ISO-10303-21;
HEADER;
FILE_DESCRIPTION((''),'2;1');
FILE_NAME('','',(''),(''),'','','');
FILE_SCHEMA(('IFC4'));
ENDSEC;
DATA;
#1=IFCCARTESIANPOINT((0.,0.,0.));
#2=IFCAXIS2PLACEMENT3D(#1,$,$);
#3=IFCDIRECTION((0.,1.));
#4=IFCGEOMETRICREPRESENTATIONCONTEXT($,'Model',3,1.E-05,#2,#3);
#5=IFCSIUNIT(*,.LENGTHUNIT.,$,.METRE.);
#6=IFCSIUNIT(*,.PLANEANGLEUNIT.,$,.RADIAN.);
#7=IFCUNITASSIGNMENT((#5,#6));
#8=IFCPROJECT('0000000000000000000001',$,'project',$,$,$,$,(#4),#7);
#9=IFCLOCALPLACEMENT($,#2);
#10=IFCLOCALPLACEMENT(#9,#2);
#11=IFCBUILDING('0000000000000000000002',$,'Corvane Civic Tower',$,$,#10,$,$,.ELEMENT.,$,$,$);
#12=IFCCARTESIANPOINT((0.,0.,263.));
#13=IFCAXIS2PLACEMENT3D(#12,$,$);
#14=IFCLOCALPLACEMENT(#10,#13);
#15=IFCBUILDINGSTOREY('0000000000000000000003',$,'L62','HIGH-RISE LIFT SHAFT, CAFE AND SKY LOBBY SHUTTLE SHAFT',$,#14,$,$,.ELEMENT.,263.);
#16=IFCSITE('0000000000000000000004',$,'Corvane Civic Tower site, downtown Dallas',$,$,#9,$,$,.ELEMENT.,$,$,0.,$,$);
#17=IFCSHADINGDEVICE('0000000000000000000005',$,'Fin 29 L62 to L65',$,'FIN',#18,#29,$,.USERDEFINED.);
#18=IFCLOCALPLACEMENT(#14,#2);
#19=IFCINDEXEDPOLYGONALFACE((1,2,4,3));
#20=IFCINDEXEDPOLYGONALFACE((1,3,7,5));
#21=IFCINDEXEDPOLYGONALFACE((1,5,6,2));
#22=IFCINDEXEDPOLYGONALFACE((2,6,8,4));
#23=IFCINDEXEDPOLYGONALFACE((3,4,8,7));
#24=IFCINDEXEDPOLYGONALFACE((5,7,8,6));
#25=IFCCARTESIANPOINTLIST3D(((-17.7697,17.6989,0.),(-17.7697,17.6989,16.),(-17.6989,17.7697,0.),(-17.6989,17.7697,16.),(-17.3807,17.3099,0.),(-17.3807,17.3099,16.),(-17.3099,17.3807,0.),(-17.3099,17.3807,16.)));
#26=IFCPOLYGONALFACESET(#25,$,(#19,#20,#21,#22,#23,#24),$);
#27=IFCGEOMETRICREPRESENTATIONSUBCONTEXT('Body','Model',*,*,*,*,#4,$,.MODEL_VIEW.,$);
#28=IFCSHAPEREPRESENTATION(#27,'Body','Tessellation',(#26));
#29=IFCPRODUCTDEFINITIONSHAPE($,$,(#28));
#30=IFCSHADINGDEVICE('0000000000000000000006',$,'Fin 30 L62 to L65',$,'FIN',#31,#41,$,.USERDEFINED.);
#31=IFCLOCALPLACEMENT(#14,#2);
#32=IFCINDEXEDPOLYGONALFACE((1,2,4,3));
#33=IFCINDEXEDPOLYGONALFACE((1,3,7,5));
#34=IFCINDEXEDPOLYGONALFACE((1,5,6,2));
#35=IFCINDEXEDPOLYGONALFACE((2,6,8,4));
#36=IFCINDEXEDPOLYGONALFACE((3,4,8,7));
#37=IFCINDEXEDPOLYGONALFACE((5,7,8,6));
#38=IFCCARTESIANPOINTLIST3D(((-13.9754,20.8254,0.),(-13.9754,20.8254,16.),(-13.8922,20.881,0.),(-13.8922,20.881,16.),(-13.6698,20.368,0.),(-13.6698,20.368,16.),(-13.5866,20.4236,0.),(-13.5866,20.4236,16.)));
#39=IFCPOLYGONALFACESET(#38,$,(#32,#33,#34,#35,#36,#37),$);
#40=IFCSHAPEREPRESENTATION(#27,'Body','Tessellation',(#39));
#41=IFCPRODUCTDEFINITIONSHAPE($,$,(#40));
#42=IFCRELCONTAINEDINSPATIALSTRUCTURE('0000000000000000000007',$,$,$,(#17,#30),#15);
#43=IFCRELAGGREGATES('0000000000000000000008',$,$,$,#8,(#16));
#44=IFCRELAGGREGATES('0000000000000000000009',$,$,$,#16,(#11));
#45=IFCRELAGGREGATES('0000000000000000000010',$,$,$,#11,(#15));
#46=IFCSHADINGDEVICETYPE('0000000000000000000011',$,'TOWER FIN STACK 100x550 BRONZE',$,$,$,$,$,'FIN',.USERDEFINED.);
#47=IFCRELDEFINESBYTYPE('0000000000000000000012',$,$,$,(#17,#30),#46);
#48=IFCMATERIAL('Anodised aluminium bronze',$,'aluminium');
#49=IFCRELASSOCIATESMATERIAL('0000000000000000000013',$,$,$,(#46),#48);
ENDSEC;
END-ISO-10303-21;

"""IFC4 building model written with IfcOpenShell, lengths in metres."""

from ifc_helpers import new_model, si_unit, direction, frame, origin, origin_2d, place, context, subcontext, project, spatial, rectangle, extrude, material, material_profile, profile_set, type_object, element, save


model = new_model("IFC4")

# Units and contexts
model_context = context("Model", 3, precision=1e-05, world=origin(), true_north=direction((0.0, 1.0)))
body_context = subcontext(model_context, "Body", "Model", "MODEL_VIEW")
ifc_project = project(units=[si_unit("LENGTHUNIT", "METRE"), si_unit("PLANEANGLEUNIT", "RADIAN")], contexts=[model_context])

# Site, building, storey
site_placement = place(None, origin())
site = spatial("IfcSite", under=ifc_project, at=site_placement, Name="Corvane Civic Tower site, downtown Dallas", CompositionType="ELEMENT", RefElevation=0.0)
building_placement = place(site_placement, origin())
building = spatial("IfcBuilding", under=site, at=building_placement, Name="Corvane Civic Tower", CompositionType="ELEMENT")
storey_placement = place(building_placement, frame((0.0, 0.0, 263.0)))
storey = spatial("IfcBuildingStorey", under=building, at=storey_placement, Name="L62", Description="HIGH-RISE LIFT SHAFT, CAFE AND SKY LOBBY SHUTTLE SHAFT", CompositionType="ELEMENT", Elevation=263.0)

# Shading devices
ifc_material_1 = material(Name="Anodised aluminium bronze", Category="aluminium")
ifc_material_profile_1 = material_profile(ifc_material_1, rectangle(XDim=0.1001, YDim=0.55, at=origin_2d()), Name="TOWER FIN STACK 100x550 BRONZE")
ifc_profile_set_1 = profile_set([ifc_material_profile_1], Name="Anodised aluminium bronze")
shading_device_type = type_object("IfcShadingDeviceType", Name="TOWER FIN STACK 100x550 BRONZE", ElementType="FIN", PredefinedType="USERDEFINED", material=ifc_profile_set_1)
for number, where, z_axis, x_axis, name in (
    (1, (-17.5398, 17.5398, 0.0), (0.0, 0.0, 1.0), (0.707107, 0.707107, 0.0), "Fin 29 L62 to L65"),
    (2, (-13.781, 20.6245, 0.0), (0.0, 0.0, 1.0), (0.83147, 0.55557, 0.0), "Fin 30 L62 to L65"),
):
    element("IfcShadingDevice", number, at=place(storey_placement, frame(where, z_axis=z_axis, x_axis=x_axis)), inside=storey, type_object=shading_device_type, Name=name, ObjectType="FIN", PredefinedType="USERDEFINED", context=body_context, shape_type="SweptSolid", body=[
        extrude(rectangle(XDim=0.1001, YDim=0.55, at=origin_2d()), origin(), (0.0, 0.0, 1.0), 16.0),
    ])

save(model, "model.ifc")
